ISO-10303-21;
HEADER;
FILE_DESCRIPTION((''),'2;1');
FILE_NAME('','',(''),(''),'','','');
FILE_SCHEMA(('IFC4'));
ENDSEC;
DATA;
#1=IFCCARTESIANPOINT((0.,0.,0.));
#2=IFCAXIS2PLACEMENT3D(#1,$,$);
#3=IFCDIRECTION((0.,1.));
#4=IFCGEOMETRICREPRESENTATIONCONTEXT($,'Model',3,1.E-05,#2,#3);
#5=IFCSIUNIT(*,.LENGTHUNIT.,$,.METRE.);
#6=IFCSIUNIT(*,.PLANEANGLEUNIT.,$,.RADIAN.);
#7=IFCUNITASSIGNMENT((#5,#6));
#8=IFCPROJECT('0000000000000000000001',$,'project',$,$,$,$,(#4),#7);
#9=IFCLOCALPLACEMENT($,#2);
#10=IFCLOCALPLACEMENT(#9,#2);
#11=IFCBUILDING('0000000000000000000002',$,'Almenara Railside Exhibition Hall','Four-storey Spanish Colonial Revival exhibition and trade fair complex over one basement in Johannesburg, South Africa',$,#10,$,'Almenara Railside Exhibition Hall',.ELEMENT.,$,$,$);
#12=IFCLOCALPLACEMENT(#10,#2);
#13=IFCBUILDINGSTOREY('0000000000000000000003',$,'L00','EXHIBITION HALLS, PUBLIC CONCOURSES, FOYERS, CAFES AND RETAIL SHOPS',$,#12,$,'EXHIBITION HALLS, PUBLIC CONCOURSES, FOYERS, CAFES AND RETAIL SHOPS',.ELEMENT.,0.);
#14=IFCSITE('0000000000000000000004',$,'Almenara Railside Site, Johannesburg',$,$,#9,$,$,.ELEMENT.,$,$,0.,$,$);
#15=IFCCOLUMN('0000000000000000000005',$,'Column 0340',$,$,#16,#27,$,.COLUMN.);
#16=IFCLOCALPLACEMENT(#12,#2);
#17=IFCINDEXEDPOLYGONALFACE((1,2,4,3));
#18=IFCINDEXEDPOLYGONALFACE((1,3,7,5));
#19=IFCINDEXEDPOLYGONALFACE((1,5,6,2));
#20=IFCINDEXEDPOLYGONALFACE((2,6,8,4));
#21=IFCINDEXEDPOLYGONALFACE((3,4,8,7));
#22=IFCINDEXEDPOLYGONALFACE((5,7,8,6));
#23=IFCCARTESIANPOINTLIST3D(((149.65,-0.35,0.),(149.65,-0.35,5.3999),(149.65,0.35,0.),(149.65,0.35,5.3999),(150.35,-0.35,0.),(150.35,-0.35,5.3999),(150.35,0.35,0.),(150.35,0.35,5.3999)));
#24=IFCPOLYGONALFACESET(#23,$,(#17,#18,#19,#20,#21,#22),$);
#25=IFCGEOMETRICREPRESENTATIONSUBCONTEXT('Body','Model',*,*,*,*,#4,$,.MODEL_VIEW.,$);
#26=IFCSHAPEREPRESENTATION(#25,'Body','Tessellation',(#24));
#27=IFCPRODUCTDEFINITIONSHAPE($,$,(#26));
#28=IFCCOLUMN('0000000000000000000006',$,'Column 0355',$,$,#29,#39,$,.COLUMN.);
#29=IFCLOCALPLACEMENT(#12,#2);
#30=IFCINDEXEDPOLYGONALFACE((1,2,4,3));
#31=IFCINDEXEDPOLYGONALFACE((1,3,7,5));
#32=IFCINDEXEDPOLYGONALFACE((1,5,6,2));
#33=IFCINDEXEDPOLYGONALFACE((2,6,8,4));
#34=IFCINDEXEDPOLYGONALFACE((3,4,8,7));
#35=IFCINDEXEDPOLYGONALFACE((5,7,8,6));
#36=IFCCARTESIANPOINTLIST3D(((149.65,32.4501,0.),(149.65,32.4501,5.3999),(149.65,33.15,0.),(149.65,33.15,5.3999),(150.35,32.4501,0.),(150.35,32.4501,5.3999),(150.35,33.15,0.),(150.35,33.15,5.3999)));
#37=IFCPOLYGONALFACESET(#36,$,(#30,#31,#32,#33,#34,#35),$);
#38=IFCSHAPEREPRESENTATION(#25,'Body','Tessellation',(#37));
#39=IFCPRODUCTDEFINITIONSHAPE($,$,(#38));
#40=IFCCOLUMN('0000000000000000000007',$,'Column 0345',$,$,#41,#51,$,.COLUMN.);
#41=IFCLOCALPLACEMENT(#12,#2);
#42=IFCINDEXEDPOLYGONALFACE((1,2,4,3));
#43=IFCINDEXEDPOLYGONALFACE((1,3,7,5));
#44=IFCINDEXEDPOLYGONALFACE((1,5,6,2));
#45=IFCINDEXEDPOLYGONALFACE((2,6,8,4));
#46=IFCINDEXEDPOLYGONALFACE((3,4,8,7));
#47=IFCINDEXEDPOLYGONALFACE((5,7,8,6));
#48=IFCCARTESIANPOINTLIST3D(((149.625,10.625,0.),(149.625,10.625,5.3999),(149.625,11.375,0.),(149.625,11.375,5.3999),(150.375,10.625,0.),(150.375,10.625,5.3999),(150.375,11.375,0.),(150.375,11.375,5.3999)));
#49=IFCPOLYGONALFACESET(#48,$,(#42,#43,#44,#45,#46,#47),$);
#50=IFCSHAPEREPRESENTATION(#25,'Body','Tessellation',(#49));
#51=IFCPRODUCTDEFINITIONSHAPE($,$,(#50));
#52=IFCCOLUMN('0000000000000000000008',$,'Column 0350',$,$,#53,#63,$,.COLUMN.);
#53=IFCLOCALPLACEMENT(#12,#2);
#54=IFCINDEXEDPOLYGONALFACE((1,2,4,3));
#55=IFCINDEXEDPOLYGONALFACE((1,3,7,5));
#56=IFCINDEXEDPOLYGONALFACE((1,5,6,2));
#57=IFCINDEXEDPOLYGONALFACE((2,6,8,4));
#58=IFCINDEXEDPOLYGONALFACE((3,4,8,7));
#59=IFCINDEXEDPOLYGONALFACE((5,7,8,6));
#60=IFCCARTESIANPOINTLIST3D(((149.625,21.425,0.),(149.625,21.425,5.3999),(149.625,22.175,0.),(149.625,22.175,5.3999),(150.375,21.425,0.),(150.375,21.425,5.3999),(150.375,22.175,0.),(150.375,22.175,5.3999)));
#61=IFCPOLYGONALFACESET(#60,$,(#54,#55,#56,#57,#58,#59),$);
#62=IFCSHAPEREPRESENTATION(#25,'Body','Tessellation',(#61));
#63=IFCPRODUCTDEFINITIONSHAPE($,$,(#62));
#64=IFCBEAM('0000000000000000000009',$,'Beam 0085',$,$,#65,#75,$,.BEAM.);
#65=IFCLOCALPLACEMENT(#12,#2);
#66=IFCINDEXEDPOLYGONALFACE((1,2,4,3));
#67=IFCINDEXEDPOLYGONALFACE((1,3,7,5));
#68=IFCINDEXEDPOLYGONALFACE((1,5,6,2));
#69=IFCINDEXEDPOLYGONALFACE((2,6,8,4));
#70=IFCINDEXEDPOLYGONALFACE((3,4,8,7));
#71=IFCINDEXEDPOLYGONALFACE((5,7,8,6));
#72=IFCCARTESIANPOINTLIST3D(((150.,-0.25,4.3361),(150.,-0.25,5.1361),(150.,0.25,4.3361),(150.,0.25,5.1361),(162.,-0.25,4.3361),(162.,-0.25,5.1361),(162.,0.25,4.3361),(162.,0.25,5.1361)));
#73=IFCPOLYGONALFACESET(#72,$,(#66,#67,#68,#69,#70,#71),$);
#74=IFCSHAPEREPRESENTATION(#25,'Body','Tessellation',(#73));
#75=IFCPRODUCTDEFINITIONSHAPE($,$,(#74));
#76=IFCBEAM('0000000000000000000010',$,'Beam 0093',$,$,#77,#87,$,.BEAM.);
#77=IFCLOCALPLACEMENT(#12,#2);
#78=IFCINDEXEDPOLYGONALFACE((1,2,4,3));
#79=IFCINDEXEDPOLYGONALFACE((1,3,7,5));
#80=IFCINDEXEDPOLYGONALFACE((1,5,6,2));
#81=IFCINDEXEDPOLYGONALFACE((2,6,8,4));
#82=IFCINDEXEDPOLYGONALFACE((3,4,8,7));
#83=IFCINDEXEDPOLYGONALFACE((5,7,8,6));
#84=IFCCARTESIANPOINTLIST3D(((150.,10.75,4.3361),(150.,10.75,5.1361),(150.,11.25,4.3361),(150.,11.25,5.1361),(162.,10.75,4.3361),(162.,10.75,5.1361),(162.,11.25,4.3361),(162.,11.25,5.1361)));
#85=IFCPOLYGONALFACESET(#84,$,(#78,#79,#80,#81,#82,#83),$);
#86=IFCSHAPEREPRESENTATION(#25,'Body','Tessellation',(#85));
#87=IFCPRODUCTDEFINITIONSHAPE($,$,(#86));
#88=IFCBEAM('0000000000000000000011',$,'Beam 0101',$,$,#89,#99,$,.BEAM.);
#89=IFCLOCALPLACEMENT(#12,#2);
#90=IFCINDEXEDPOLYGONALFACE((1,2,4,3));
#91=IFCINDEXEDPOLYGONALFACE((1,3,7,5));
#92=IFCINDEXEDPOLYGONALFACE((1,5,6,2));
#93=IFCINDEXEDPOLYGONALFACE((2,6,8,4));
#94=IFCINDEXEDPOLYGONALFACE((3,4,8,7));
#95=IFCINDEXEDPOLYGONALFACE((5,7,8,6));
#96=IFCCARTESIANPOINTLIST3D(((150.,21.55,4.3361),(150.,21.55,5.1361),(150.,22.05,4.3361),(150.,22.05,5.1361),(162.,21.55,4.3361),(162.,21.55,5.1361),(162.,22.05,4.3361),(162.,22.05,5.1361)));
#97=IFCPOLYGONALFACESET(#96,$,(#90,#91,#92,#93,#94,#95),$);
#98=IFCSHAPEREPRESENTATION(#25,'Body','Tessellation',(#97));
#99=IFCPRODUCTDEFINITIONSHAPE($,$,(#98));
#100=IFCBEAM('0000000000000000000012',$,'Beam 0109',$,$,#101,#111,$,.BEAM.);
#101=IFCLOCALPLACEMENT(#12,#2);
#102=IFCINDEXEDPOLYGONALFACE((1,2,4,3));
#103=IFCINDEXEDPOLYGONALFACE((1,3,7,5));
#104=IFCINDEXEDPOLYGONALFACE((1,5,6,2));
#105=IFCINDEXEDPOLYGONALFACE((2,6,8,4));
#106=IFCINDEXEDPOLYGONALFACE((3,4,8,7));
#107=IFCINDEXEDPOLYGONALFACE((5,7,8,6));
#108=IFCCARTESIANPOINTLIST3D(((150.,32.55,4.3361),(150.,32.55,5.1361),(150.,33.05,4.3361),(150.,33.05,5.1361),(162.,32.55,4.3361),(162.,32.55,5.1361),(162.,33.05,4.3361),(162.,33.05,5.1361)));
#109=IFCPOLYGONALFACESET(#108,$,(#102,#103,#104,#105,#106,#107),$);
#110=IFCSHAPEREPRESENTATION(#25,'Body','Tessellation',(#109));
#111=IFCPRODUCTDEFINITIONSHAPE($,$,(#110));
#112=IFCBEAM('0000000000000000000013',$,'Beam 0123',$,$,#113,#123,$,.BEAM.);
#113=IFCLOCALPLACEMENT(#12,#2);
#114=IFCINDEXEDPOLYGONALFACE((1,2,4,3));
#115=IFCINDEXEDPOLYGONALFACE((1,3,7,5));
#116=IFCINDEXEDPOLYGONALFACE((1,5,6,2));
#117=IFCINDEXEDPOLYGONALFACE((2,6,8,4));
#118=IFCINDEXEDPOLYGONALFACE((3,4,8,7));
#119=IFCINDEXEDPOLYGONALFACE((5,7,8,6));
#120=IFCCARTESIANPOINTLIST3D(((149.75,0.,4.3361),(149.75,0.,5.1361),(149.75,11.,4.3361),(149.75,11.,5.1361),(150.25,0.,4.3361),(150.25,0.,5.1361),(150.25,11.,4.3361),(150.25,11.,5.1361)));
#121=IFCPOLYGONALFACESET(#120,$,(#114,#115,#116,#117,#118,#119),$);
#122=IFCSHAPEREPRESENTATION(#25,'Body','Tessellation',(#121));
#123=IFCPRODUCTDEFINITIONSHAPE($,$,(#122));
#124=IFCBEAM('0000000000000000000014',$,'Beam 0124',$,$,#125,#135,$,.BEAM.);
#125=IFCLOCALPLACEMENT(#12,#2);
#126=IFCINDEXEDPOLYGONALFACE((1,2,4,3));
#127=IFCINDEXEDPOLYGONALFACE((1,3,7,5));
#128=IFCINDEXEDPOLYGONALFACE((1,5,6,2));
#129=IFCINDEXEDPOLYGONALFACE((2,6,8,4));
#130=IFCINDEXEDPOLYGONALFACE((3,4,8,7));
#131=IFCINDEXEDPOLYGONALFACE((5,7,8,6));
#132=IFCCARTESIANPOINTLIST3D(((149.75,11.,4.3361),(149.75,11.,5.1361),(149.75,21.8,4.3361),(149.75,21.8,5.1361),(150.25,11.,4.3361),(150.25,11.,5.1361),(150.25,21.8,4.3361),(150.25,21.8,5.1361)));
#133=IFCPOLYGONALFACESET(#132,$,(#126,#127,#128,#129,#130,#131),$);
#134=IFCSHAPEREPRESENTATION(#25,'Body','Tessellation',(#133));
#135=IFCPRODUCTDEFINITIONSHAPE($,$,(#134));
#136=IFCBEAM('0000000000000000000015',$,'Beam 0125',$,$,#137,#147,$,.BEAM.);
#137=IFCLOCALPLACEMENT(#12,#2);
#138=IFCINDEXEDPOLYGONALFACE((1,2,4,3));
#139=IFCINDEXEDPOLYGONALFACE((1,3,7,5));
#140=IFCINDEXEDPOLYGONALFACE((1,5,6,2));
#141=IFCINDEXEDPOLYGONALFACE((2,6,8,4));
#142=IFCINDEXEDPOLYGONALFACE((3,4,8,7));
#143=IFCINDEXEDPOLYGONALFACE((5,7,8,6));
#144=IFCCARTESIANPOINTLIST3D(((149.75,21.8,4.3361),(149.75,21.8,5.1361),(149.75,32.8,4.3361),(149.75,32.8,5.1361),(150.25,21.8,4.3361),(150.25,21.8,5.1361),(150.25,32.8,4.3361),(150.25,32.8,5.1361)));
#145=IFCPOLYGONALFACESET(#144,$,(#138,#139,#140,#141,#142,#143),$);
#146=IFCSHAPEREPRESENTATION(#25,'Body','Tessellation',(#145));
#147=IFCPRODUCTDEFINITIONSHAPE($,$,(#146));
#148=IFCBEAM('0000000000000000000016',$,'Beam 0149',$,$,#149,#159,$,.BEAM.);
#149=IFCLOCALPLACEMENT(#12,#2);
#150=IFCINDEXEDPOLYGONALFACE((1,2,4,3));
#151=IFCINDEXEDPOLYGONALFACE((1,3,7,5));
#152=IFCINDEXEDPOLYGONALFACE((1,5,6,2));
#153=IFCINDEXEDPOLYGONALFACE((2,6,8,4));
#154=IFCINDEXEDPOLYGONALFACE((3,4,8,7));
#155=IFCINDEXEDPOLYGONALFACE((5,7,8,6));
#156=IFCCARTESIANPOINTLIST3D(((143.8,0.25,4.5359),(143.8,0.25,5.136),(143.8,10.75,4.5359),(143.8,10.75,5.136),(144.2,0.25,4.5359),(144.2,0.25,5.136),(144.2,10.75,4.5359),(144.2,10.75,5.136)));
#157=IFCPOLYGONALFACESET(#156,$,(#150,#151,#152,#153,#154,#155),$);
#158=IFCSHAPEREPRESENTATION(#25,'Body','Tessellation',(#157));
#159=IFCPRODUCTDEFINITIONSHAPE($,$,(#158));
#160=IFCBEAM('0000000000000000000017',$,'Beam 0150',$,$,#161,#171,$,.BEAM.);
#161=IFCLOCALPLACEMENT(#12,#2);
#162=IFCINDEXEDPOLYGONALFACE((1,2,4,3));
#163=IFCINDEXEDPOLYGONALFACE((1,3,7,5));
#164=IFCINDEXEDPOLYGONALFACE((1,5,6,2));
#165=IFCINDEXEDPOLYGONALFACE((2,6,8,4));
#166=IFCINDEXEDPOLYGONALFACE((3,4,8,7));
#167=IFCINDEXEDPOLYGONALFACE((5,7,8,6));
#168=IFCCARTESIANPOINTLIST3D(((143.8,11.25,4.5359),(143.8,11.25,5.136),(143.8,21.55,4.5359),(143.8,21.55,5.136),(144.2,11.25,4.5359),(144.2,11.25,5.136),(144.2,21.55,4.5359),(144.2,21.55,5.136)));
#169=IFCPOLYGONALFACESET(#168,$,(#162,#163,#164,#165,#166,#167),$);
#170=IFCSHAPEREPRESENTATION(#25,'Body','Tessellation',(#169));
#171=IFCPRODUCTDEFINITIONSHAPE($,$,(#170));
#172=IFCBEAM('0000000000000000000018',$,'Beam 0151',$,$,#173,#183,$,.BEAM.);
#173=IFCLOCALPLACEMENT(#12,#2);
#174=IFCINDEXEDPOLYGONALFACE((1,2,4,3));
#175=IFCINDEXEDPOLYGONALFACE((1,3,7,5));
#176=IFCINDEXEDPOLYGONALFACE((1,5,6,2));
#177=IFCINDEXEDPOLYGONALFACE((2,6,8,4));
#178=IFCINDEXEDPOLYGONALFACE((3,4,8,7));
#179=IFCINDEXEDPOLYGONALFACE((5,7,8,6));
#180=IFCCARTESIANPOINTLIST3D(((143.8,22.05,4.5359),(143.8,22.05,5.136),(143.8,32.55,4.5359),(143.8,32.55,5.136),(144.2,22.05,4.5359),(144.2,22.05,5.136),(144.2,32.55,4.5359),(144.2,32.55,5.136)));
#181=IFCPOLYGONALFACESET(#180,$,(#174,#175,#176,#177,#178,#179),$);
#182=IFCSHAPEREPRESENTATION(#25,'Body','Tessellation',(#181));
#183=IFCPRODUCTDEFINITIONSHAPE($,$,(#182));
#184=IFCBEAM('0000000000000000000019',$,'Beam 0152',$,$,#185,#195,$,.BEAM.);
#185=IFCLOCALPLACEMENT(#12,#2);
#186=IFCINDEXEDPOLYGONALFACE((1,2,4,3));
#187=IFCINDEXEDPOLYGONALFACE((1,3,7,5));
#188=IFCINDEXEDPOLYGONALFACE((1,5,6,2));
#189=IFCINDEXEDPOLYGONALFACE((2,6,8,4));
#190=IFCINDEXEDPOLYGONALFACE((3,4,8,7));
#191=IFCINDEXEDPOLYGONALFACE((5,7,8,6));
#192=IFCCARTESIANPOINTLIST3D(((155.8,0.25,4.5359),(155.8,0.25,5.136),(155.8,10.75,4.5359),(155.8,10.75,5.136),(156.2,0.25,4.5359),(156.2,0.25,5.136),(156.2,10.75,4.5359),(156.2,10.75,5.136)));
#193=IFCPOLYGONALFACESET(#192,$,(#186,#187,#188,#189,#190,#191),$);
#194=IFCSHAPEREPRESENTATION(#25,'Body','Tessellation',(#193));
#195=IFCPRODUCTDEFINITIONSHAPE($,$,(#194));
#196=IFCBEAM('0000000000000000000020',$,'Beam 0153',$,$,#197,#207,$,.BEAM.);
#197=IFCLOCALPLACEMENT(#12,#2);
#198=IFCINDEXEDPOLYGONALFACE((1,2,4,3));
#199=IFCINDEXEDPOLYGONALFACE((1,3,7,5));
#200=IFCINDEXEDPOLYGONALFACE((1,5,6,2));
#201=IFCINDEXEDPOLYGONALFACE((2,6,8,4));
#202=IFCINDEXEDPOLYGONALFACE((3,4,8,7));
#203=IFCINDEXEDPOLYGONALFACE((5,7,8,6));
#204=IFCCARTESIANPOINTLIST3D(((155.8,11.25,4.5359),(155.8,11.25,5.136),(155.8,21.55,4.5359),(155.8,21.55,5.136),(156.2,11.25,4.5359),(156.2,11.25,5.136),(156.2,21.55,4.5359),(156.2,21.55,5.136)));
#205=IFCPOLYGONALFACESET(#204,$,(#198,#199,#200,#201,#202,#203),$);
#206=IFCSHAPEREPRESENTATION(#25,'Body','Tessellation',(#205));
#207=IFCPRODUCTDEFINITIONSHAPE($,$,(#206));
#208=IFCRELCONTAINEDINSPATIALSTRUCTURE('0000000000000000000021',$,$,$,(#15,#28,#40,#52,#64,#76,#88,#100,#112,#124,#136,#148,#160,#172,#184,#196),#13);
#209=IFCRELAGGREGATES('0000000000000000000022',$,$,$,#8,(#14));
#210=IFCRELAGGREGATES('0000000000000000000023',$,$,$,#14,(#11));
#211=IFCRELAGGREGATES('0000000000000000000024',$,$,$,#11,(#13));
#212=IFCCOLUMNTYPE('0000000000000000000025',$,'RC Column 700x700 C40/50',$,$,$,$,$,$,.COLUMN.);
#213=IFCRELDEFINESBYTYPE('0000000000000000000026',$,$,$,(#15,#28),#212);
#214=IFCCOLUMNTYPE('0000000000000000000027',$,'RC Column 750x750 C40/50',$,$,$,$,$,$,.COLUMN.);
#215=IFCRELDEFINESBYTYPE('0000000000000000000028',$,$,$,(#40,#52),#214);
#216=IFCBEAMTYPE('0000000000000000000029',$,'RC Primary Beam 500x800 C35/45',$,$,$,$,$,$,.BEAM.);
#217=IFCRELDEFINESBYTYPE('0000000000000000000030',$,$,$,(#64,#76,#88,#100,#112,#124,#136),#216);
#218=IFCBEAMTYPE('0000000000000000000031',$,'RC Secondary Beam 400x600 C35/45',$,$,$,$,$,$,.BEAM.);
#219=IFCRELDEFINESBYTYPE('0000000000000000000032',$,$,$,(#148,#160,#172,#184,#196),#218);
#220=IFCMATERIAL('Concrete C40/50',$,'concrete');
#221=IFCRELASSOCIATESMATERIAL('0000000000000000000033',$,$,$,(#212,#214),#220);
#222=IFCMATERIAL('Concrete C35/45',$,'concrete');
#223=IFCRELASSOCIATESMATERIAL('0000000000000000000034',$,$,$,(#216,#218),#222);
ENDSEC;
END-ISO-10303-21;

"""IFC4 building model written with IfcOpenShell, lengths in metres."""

from ifc_helpers import new_model, si_unit, direction, frame, origin, origin_2d, place, context, subcontext, project, spatial, rectangle, extrude, material, material_profile, profile_set, type_object, element, save


model = new_model("IFC4")

# Units and contexts
model_context = context("Model", 3, precision=1e-05, world=origin(), true_north=direction((0.0, 1.0)))
body_context = subcontext(model_context, "Body", "Model", "MODEL_VIEW")
ifc_project = project(units=[si_unit("LENGTHUNIT", "METRE"), si_unit("PLANEANGLEUNIT", "RADIAN")], contexts=[model_context])

# Site, building, storey
site_placement = place(None, origin())
site = spatial("IfcSite", under=ifc_project, at=site_placement, Name="Almenara Railside Site, Johannesburg", CompositionType="ELEMENT", RefElevation=0.0)
building_placement = place(site_placement, origin())
building = spatial("IfcBuilding", under=site, at=building_placement, Name="Almenara Railside Exhibition Hall", Description="Four-storey Spanish Colonial Revival exhibition and trade fair complex over one basement in Johannesburg, South Africa", LongName="Almenara Railside Exhibition Hall", CompositionType="ELEMENT")
storey_placement = place(building_placement, origin())
storey = spatial("IfcBuildingStorey", under=building, at=storey_placement, Name="L00", Description="EXHIBITION HALLS, PUBLIC CONCOURSES, FOYERS, CAFES AND RETAIL SHOPS", LongName="EXHIBITION HALLS, PUBLIC CONCOURSES, FOYERS, CAFES AND RETAIL SHOPS", CompositionType="ELEMENT", Elevation=0.0)

# Columns
ifc_material_1 = material(Name="Concrete C40/50", Category="concrete")
ifc_material_profile_1 = material_profile(ifc_material_1, rectangle(XDim=0.7, YDim=0.7, at=origin_2d()), Name="RC 700x700")
ifc_profile_set_1 = profile_set([ifc_material_profile_1], Name="Concrete C40/50")
column_type_1 = type_object("IfcColumnType", Name="RC Column 700x700 C40/50", PredefinedType="COLUMN", material=ifc_profile_set_1)
for number, where, z_axis, x_axis, name in (
    (1, (150.0, 0.0, 0.0), (0.0, 0.0, 1.0), (1.0, 0.0, 0.0), "Column 0340"),
    (2, (150.0, 32.8, 0.0), (0.0, 0.0, 1.0), (1.0, 0.0, 0.0), "Column 0355"),
):
    element("IfcColumn", number, at=place(storey_placement, frame(where, z_axis=z_axis, x_axis=x_axis)), inside=storey, type_object=column_type_1, Name=name, PredefinedType="COLUMN", context=body_context, shape_type="SweptSolid", body=[
        extrude(rectangle(XDim=0.7, YDim=0.7, at=origin_2d()), origin(), (0.0, 0.0, 1.0), 5.3999),
    ])
ifc_material_profile_2 = material_profile(ifc_material_1, rectangle(XDim=0.75, YDim=0.75, at=origin_2d()), Name="RC 750x750")
ifc_profile_set_2 = profile_set([ifc_material_profile_2], Name="Concrete C40/50")
column_type_2 = type_object("IfcColumnType", Name="RC Column 750x750 C40/50", PredefinedType="COLUMN", material=ifc_profile_set_2)
for number, where, z_axis, x_axis, name in (
    (3, (150.0, 11.0, 0.0), (0.0, 0.0, 1.0), (1.0, 0.0, 0.0), "Column 0345"),
    (4, (150.0, 21.8, 0.0), (0.0, 0.0, 1.0), (1.0, 0.0, 0.0), "Column 0350"),
):
    element("IfcColumn", number, at=place(storey_placement, frame(where, z_axis=z_axis, x_axis=x_axis)), inside=storey, type_object=column_type_2, Name=name, PredefinedType="COLUMN", context=body_context, shape_type="SweptSolid", body=[
        extrude(rectangle(XDim=0.75, YDim=0.75, at=origin_2d()), origin(), (0.0, 0.0, 1.0), 5.3999),
    ])

# Beams
ifc_material_2 = material(Name="Concrete C35/45", Category="concrete")
ifc_material_profile_3 = material_profile(ifc_material_2, rectangle(XDim=0.5, YDim=0.8, at=origin_2d()), Name="RC 500x800")
ifc_profile_set_3 = profile_set([ifc_material_profile_3], Name="Concrete C35/45")
beam_type_1 = type_object("IfcBeamType", Name="RC Primary Beam 500x800 C35/45", PredefinedType="BEAM", material=ifc_profile_set_3)
for number, where, z_axis, x_axis, name in (
    (5, (150.0, 0.0, 4.7361), (1.0, 0.0, 0.0), (0.0, 1.0, 0.0), "Beam 0085"),
    (6, (150.0, 11.0, 4.7361), (1.0, 0.0, 0.0), (0.0, 1.0, 0.0), "Beam 0093"),
    (7, (150.0, 21.8, 4.7361), (1.0, 0.0, 0.0), (0.0, 1.0, 0.0), "Beam 0101"),
    (8, (150.0, 32.8, 4.7361), (1.0, 0.0, 0.0), (0.0, 1.0, 0.0), "Beam 0109"),
):
    element("IfcBeam", number, at=place(storey_placement, frame(where, z_axis=z_axis, x_axis=x_axis)), inside=storey, type_object=beam_type_1, Name=name, PredefinedType="BEAM", context=body_context, shape_type="SweptSolid", body=[
        extrude(rectangle(XDim=0.5, YDim=0.8, at=origin_2d()), origin(), (0.0, 0.0, 1.0), 12.0),
    ])
beam_1_placement = place(storey_placement, frame((150.0, 0.0, 4.7361), z_axis=(0.0, 1.0, 0.0), x_axis=(-1.0, 0.0, 0.0)))
element("IfcBeam", 9, at=beam_1_placement, inside=storey, type_object=beam_type_1, Name="Beam 0123", PredefinedType="BEAM", context=body_context, shape_type="SweptSolid", body=[
    extrude(rectangle(XDim=0.5, YDim=0.8, at=origin_2d()), origin(), (0.0, 0.0, 1.0), 11.0),
])
beam_2_placement = place(storey_placement, frame((150.0, 11.0, 4.7361), z_axis=(0.0, 1.0, 0.0), x_axis=(-1.0, 0.0, 0.0)))
element("IfcBeam", 10, at=beam_2_placement, inside=storey, type_object=beam_type_1, Name="Beam 0124", PredefinedType="BEAM", context=body_context, shape_type="SweptSolid", body=[
    extrude(rectangle(XDim=0.5, YDim=0.8, at=origin_2d()), origin(), (0.0, 0.0, 1.0), 10.8),
])
beam_3_placement = place(storey_placement, frame((150.0, 21.8, 4.7361), z_axis=(0.0, 1.0, 0.0), x_axis=(-1.0, 0.0, 0.0)))
element("IfcBeam", 11, at=beam_3_placement, inside=storey, type_object=beam_type_1, Name="Beam 0125", PredefinedType="BEAM", context=body_context, shape_type="SweptSolid", body=[
    extrude(rectangle(XDim=0.5, YDim=0.8, at=origin_2d()), origin(), (0.0, 0.0, 1.0), 11.0),
])
ifc_material_profile_4 = material_profile(ifc_material_2, rectangle(XDim=0.3999, YDim=0.6001, at=origin_2d()), Name="RC 400x600")
ifc_profile_set_4 = profile_set([ifc_material_profile_4], Name="Concrete C35/45")
beam_type_2 = type_object("IfcBeamType", Name="RC Secondary Beam 400x600 C35/45", PredefinedType="BEAM", material=ifc_profile_set_4)
beam_4_placement = place(storey_placement, frame((144.0, 0.25, 4.8359), z_axis=(0.0, 1.0, 0.0), x_axis=(-1.0, 0.0, 0.0)))
element("IfcBeam", 12, at=beam_4_placement, inside=storey, type_object=beam_type_2, Name="Beam 0149", PredefinedType="BEAM", context=body_context, shape_type="SweptSolid", body=[
    extrude(rectangle(XDim=0.3999, YDim=0.6001, at=origin_2d()), origin(), (0.0, 0.0, 1.0), 10.5),
])
beam_5_placement = place(storey_placement, frame((144.0, 11.25, 4.8359), z_axis=(0.0, 1.0, 0.0), x_axis=(-1.0, 0.0, 0.0)))
element("IfcBeam", 13, at=beam_5_placement, inside=storey, type_object=beam_type_2, Name="Beam 0150", PredefinedType="BEAM", context=body_context, shape_type="SweptSolid", body=[
    extrude(rectangle(XDim=0.3999, YDim=0.6001, at=origin_2d()), origin(), (0.0, 0.0, 1.0), 10.3),
])
for number, where, z_axis, x_axis, name in (
    (14, (144.0, 22.05, 4.8359), (0.0, 1.0, 0.0), (-1.0, 0.0, 0.0), "Beam 0151"),
    (15, (156.0, 0.25, 4.8359), (0.0, 1.0, 0.0), (-1.0, 0.0, 0.0), "Beam 0152"),
):
    element("IfcBeam", number, at=place(storey_placement, frame(where, z_axis=z_axis, x_axis=x_axis)), inside=storey, type_object=beam_type_2, Name=name, PredefinedType="BEAM", context=body_context, shape_type="SweptSolid", body=[
        extrude(rectangle(XDim=0.3999, YDim=0.6001, at=origin_2d()), origin(), (0.0, 0.0, 1.0), 10.5),
    ])
beam_6_placement = place(storey_placement, frame((156.0, 11.25, 4.8359), z_axis=(0.0, 1.0, 0.0), x_axis=(-1.0, 0.0, 0.0)))
element("IfcBeam", 16, at=beam_6_placement, inside=storey, type_object=beam_type_2, Name="Beam 0153", PredefinedType="BEAM", context=body_context, shape_type="SweptSolid", body=[
    extrude(rectangle(XDim=0.3999, YDim=0.6001, at=origin_2d()), origin(), (0.0, 0.0, 1.0), 10.3),
])

save(model, "model.ifc")
